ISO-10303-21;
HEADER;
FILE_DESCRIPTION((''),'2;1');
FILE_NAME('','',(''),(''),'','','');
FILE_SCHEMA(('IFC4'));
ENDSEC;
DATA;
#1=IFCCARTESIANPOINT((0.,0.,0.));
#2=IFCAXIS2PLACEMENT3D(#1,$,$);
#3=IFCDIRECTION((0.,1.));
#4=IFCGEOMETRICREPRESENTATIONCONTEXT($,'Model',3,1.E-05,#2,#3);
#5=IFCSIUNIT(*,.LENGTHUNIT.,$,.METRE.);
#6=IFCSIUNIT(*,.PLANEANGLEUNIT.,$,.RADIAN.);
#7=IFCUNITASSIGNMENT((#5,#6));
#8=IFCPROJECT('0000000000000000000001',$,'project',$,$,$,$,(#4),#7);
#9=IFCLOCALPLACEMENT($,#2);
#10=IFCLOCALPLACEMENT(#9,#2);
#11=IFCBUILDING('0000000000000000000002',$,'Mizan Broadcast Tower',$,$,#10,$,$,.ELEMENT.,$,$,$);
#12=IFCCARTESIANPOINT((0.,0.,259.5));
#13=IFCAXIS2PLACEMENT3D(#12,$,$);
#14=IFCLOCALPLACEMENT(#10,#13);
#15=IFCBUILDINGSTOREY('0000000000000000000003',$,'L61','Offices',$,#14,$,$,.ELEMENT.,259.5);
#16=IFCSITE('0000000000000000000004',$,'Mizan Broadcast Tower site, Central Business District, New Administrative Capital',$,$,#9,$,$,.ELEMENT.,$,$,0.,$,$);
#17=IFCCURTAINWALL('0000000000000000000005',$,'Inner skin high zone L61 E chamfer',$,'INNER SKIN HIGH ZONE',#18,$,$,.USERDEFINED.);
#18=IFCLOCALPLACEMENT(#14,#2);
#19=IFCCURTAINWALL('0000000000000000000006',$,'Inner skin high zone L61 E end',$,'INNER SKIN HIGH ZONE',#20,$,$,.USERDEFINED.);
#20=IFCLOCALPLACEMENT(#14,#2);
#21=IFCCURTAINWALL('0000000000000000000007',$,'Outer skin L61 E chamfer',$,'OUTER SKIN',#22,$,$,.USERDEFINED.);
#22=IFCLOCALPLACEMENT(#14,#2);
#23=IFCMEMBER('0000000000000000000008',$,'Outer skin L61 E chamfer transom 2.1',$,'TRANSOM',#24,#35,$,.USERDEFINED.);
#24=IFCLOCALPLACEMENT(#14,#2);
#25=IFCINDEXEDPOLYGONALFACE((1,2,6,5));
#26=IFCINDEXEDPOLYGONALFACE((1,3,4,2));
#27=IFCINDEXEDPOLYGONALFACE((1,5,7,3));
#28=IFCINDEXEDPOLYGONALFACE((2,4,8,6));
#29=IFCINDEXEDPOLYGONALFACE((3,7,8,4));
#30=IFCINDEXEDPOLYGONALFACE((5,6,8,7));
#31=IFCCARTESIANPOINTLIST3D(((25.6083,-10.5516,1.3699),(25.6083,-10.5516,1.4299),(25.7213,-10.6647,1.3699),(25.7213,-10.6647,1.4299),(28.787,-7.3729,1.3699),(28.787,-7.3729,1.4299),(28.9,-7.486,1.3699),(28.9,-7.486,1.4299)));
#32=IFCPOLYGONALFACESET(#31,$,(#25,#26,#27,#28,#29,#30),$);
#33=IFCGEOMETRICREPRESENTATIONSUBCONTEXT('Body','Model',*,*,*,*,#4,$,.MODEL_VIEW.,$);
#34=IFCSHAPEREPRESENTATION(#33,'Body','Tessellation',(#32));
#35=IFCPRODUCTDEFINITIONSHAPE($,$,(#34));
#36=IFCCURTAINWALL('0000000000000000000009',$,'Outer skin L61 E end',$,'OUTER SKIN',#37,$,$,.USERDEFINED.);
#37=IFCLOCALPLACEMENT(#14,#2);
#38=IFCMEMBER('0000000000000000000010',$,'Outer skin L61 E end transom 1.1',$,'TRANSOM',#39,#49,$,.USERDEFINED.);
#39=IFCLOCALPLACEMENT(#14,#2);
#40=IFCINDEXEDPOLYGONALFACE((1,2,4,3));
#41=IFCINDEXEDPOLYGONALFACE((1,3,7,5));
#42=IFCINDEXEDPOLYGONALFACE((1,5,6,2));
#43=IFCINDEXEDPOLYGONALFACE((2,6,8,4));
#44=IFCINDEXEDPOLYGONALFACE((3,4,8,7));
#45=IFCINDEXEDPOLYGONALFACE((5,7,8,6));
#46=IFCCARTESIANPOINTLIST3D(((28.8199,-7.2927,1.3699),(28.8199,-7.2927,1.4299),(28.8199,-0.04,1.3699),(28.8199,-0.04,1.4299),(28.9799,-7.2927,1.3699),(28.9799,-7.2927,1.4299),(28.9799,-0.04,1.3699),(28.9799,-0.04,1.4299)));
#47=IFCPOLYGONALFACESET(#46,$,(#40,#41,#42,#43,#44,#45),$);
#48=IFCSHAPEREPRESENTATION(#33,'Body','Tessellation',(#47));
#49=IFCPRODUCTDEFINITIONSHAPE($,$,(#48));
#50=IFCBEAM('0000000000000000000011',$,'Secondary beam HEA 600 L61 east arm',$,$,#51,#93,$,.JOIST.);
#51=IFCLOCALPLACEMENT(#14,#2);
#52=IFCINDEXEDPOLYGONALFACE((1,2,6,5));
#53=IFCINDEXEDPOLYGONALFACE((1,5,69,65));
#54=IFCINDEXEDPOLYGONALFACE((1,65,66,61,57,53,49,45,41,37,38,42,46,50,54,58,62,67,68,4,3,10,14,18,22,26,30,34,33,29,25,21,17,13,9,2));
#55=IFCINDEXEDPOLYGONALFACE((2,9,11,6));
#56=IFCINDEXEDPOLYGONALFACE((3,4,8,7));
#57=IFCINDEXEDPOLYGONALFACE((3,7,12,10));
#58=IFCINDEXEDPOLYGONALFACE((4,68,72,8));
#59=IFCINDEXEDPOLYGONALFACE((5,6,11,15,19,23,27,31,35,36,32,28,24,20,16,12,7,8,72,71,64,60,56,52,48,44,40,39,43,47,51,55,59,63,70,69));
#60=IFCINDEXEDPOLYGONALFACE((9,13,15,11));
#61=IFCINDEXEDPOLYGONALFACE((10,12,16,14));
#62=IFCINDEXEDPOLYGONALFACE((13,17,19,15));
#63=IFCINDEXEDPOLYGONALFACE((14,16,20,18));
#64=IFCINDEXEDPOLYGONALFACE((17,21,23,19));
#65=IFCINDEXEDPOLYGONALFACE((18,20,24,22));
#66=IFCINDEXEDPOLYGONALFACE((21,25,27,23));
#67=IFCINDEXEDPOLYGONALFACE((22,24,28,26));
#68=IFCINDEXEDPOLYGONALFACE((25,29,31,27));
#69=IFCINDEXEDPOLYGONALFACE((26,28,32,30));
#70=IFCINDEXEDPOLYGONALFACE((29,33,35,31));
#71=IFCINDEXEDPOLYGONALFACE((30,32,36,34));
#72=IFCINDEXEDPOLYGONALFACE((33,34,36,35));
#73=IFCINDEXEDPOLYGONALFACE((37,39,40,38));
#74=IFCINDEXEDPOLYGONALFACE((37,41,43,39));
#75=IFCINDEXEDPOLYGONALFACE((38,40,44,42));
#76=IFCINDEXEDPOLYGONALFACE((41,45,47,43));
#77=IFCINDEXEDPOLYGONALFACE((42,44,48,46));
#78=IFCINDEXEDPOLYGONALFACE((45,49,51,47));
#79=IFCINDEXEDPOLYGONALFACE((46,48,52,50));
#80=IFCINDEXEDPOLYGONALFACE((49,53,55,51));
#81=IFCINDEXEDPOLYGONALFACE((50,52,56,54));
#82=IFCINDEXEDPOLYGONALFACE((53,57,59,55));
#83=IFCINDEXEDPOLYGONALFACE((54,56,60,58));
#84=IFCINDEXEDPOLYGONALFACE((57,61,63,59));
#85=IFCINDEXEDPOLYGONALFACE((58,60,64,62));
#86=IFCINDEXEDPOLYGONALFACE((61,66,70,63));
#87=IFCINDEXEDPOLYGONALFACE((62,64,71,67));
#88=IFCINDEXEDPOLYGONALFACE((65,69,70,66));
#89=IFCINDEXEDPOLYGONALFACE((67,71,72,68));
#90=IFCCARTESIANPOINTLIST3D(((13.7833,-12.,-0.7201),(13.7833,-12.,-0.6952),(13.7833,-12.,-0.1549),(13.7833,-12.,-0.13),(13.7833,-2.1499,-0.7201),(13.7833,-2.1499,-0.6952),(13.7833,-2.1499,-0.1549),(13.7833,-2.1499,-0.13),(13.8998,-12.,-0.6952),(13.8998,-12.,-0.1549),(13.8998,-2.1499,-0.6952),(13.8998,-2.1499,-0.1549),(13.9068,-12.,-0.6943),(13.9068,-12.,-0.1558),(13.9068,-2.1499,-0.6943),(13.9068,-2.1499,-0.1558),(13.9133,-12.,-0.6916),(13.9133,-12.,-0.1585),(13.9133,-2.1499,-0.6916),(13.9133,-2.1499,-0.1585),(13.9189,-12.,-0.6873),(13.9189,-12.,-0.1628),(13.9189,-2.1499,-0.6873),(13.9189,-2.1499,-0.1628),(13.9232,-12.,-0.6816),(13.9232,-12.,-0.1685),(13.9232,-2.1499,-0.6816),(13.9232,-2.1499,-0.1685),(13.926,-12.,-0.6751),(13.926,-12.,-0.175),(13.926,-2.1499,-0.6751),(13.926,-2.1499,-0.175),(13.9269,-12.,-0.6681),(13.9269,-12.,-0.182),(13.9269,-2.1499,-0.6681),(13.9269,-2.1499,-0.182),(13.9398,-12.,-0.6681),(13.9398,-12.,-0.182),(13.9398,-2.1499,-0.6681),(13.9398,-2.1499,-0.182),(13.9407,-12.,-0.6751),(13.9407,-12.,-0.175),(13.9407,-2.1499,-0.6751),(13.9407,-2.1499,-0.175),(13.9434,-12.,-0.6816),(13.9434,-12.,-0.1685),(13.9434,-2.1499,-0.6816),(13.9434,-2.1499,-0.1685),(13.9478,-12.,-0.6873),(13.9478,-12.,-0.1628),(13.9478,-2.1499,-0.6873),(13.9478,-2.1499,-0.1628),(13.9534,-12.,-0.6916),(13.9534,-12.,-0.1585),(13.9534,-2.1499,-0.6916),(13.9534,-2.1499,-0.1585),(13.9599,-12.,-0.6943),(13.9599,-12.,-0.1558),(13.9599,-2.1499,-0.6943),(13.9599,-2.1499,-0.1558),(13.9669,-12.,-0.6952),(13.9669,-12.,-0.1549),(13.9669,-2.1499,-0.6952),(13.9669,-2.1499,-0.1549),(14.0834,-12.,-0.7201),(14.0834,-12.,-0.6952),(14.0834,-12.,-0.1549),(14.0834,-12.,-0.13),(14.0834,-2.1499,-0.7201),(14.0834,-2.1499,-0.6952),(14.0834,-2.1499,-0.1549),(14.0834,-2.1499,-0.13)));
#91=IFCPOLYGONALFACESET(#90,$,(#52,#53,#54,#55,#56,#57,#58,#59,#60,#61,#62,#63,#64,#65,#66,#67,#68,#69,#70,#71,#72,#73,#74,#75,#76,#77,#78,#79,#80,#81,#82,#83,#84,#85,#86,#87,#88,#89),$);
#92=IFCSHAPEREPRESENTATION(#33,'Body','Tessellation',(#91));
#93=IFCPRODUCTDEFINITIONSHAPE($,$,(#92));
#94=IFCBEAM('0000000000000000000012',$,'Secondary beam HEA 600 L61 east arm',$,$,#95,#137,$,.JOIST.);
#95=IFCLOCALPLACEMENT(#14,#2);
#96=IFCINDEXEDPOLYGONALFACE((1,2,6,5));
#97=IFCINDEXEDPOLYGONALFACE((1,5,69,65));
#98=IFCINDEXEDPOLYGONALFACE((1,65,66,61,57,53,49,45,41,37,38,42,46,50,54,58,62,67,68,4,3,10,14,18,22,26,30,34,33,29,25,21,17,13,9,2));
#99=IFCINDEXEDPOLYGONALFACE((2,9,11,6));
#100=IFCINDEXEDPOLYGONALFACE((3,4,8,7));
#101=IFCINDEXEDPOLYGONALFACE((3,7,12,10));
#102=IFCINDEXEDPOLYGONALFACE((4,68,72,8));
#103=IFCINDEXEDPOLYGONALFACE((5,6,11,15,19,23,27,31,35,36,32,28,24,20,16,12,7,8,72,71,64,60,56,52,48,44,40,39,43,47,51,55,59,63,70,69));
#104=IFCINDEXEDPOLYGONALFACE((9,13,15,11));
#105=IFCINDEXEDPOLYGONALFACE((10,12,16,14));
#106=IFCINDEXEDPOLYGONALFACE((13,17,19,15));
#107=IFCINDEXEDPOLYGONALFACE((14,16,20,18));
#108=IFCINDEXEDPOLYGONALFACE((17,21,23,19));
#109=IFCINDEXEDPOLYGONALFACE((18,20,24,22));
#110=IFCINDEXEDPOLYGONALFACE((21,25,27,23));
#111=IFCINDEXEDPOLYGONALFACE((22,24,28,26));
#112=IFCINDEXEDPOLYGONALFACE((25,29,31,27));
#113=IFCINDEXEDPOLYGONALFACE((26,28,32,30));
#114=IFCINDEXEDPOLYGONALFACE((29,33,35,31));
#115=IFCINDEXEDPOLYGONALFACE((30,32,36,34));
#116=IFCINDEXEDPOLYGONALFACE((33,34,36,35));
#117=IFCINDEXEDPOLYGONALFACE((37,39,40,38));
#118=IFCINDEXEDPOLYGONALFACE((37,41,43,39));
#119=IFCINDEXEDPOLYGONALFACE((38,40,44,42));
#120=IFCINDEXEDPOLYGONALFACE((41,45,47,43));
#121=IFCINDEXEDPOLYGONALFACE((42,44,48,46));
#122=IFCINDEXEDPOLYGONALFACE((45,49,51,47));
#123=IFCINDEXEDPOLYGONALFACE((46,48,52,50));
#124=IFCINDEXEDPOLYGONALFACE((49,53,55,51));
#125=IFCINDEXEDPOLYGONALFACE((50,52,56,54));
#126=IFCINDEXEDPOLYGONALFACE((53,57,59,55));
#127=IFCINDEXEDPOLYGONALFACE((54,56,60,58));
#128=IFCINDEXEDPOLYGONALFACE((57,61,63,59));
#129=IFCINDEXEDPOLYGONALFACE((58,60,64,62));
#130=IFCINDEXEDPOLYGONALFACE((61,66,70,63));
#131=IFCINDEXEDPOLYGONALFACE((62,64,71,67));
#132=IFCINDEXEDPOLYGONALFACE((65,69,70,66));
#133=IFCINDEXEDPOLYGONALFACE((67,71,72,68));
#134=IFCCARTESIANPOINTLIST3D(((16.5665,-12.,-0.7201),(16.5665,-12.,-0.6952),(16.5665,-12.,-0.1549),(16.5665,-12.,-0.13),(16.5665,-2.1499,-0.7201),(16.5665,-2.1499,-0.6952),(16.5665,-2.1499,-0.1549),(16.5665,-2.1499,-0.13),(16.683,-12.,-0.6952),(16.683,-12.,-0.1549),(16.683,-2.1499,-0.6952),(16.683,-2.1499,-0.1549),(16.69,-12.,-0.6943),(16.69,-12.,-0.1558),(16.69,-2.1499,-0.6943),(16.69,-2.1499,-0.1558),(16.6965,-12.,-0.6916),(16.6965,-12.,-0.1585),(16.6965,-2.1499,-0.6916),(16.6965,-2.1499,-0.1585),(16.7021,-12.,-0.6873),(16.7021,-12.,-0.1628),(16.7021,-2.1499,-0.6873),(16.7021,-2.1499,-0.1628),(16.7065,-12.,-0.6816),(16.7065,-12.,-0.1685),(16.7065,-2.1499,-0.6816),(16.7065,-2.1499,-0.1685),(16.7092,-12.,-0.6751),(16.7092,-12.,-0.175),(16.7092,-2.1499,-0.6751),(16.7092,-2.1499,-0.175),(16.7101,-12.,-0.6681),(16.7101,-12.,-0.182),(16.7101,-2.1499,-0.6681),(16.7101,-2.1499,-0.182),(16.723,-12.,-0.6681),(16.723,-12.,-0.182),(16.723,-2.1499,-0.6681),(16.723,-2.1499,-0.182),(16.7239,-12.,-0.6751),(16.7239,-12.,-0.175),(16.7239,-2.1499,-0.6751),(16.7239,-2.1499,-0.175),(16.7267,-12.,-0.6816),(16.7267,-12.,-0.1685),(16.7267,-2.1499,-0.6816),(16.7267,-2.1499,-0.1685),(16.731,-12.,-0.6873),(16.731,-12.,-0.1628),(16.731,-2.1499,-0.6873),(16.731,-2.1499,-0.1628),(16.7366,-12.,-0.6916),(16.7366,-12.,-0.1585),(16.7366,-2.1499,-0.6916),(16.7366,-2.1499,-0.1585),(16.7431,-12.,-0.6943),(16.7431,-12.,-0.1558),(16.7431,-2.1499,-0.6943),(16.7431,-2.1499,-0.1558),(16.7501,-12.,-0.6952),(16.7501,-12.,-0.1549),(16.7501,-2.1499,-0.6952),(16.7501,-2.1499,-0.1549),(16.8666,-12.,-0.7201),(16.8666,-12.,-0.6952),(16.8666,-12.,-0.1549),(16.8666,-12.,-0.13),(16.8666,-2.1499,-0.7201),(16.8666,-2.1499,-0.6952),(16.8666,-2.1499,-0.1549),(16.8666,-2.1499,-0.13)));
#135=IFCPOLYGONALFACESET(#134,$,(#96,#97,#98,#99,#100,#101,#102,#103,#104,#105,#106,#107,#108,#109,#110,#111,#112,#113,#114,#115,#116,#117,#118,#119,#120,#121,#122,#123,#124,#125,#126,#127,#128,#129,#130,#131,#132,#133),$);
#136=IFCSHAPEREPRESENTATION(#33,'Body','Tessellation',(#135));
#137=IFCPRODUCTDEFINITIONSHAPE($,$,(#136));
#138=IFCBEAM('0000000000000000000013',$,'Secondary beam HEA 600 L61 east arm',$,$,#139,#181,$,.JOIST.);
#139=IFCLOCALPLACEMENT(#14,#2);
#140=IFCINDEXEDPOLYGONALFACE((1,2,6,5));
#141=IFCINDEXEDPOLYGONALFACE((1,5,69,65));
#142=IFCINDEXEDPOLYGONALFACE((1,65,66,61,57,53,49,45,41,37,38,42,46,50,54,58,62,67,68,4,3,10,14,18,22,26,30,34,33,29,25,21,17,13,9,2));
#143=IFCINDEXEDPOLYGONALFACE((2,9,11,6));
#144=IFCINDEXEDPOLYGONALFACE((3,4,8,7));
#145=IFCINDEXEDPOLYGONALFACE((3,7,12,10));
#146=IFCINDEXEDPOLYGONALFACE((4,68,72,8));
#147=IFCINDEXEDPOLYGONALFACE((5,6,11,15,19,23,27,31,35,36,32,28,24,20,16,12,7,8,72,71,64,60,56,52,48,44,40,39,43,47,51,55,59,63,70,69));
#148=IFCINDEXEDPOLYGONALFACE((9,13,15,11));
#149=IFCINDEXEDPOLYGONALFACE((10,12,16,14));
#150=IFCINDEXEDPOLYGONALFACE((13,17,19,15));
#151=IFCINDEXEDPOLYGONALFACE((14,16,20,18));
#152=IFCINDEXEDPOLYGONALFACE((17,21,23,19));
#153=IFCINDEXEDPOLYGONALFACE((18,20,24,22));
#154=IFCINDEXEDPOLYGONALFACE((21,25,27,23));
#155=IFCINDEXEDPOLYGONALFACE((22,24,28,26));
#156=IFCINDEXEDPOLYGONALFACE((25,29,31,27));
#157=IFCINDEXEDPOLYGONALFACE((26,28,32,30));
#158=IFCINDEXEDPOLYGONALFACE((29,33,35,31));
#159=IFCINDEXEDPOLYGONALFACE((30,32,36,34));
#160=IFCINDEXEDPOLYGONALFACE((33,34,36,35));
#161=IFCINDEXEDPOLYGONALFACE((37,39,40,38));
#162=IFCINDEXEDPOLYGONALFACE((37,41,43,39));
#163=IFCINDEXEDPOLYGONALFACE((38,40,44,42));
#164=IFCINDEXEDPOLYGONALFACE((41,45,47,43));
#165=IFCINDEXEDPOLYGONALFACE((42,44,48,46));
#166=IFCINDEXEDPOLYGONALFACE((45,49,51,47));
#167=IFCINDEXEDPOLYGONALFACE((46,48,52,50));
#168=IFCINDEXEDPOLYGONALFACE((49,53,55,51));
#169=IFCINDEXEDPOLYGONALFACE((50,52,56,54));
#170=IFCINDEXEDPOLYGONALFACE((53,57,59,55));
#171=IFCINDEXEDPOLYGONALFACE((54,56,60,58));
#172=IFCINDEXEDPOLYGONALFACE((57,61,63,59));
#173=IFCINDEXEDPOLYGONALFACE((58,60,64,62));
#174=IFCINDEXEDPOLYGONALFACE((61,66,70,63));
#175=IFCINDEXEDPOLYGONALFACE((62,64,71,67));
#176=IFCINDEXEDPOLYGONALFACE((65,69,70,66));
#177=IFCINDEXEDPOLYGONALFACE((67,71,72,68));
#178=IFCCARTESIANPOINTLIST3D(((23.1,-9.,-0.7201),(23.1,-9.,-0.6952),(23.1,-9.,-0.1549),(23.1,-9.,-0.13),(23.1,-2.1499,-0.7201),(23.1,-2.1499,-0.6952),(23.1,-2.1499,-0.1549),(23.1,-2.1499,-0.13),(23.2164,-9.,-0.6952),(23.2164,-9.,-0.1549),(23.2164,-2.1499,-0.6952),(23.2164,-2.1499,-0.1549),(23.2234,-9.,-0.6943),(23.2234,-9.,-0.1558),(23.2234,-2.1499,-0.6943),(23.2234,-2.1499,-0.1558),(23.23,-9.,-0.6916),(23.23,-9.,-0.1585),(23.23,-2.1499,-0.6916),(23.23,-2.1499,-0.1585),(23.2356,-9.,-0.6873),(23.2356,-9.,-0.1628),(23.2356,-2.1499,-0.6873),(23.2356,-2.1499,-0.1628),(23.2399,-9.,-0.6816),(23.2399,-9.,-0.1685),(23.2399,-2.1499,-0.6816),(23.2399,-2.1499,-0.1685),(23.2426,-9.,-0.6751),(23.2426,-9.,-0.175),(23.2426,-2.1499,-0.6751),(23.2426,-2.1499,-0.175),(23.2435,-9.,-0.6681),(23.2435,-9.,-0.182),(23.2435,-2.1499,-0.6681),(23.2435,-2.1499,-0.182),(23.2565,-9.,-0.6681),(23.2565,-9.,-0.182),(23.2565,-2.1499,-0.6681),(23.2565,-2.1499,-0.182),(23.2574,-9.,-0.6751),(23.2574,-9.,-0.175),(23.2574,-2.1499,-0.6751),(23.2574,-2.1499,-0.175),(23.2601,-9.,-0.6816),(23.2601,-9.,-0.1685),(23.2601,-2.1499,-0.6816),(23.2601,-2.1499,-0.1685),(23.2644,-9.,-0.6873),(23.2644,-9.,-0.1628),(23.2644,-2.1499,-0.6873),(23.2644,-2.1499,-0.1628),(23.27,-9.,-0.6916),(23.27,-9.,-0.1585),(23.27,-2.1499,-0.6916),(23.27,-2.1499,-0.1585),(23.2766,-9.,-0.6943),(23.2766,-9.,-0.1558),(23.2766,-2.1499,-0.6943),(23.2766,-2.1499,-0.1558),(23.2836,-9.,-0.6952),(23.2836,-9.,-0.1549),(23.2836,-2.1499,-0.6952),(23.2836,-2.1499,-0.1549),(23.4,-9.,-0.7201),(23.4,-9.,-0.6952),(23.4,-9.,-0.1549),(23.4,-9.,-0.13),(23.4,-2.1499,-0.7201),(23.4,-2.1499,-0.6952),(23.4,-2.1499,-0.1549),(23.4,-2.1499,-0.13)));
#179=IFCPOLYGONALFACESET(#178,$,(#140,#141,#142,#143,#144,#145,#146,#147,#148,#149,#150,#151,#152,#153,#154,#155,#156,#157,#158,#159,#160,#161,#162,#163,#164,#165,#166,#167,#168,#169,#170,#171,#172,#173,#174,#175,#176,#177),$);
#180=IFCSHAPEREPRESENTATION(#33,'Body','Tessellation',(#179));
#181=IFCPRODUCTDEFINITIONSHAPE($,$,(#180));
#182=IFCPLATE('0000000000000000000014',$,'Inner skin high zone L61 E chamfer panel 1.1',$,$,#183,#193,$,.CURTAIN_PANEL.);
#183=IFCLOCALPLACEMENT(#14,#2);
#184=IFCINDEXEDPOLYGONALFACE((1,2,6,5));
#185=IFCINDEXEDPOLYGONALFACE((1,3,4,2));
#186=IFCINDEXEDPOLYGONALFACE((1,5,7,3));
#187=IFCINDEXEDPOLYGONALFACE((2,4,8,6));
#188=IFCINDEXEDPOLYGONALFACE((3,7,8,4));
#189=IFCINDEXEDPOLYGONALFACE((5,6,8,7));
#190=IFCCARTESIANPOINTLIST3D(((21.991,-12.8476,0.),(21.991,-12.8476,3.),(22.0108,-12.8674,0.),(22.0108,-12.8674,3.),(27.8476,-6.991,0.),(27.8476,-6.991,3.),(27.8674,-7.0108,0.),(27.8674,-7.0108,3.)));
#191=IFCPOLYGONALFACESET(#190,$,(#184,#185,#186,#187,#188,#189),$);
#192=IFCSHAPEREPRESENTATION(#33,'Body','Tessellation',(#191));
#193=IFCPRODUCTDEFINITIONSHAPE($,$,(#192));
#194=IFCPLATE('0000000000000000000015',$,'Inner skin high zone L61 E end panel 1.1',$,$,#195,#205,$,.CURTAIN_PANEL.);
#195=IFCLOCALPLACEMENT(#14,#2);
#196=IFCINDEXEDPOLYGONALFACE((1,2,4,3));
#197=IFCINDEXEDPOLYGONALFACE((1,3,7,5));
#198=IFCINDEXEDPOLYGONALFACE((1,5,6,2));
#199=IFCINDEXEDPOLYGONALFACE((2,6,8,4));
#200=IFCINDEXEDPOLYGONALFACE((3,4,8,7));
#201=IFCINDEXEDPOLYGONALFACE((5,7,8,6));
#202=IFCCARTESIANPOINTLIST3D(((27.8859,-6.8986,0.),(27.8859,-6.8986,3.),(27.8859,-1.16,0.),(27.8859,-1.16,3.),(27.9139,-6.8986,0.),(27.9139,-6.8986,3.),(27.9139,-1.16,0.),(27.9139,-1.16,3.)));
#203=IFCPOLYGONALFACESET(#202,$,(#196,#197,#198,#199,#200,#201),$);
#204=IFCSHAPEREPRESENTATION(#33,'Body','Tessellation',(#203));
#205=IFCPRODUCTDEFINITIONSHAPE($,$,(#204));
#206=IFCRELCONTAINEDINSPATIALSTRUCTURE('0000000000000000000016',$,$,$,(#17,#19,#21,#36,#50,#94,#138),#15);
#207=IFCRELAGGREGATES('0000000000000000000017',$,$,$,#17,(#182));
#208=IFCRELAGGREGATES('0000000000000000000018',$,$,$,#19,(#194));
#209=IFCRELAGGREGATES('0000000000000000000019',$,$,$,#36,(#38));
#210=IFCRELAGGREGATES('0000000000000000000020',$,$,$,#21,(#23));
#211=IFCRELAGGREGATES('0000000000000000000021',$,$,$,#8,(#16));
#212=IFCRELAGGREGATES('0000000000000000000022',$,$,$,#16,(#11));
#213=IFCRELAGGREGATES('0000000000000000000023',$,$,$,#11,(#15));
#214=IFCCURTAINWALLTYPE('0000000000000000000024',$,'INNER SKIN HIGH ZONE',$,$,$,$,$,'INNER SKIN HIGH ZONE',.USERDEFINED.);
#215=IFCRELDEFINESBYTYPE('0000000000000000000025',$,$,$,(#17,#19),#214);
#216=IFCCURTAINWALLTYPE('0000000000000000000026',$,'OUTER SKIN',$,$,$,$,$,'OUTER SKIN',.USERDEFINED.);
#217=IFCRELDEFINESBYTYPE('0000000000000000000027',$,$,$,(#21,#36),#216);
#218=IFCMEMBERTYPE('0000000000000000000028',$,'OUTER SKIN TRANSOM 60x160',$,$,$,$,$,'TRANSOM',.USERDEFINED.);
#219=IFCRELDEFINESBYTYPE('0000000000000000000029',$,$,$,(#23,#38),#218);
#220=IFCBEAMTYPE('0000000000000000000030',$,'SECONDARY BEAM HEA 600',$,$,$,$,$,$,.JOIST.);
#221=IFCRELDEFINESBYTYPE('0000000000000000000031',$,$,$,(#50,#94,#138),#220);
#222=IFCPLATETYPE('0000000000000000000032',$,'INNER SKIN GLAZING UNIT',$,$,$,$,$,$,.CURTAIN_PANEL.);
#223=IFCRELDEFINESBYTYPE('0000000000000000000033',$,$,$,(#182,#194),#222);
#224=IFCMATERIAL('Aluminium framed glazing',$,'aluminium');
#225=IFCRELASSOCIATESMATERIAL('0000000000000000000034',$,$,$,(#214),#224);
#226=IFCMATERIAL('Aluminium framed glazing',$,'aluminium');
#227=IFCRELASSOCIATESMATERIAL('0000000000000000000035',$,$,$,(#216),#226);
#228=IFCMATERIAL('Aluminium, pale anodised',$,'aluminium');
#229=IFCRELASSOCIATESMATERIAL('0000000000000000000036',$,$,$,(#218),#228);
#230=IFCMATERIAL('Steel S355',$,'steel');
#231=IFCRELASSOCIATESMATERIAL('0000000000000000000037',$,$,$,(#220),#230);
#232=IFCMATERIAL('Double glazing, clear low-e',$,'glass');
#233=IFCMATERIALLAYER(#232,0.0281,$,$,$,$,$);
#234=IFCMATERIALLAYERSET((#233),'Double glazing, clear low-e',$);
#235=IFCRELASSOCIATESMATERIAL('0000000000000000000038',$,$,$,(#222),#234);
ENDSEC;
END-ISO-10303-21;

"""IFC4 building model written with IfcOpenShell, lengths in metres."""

from ifc_helpers import new_model, si_unit, direction, frame, origin, origin_2d, place, context, subcontext, project, spatial, rectangle, i_section, extrude, material, layer, layer_set, material_profile, profile_set, type_object, element, aggregate, save


model = new_model("IFC4")

# Units and contexts
model_context = context("Model", 3, precision=1e-05, world=origin(), true_north=direction((0.0, 1.0)))
body_context = subcontext(model_context, "Body", "Model", "MODEL_VIEW")
ifc_project = project(units=[si_unit("LENGTHUNIT", "METRE"), si_unit("PLANEANGLEUNIT", "RADIAN")], contexts=[model_context])

# Site, building, storey
site_placement = place(None, origin())
site = spatial("IfcSite", under=ifc_project, at=site_placement, Name="Mizan Broadcast Tower site, Central Business District, New Administrative Capital", CompositionType="ELEMENT", RefElevation=0.0)
building_placement = place(site_placement, origin())
building = spatial("IfcBuilding", under=site, at=building_placement, Name="Mizan Broadcast Tower", CompositionType="ELEMENT")
storey_placement = place(building_placement, frame((0.0, 0.0, 259.5)))
storey = spatial("IfcBuildingStorey", under=building, at=storey_placement, Name="L61", Description="Offices", CompositionType="ELEMENT", Elevation=259.5)

# Curtain wall
ifc_material_1 = material(Name="Aluminium framed glazing", Category="aluminium")
curtain_wall_type_1 = type_object("IfcCurtainWallType", Name="INNER SKIN HIGH ZONE", ElementType="INNER SKIN HIGH ZONE", PredefinedType="USERDEFINED", material=ifc_material_1)
curtain_wall_1_placement = place(storey_placement, origin())
curtain_wall_1 = element("IfcCurtainWall", 1, at=curtain_wall_1_placement, inside=storey, type_object=curtain_wall_type_1, Name="Inner skin high zone L61 E chamfer", ObjectType="INNER SKIN HIGH ZONE", PredefinedType="USERDEFINED")

# Curtain walls, member
curtain_wall_2_placement = place(storey_placement, origin())
curtain_wall_2 = element("IfcCurtainWall", 2, at=curtain_wall_2_placement, inside=storey, type_object=curtain_wall_type_1, Name="Inner skin high zone L61 E end", ObjectType="INNER SKIN HIGH ZONE", PredefinedType="USERDEFINED")
ifc_material_2 = material(Name="Aluminium framed glazing", Category="aluminium")
curtain_wall_type_2 = type_object("IfcCurtainWallType", Name="OUTER SKIN", ElementType="OUTER SKIN", PredefinedType="USERDEFINED", material=ifc_material_2)
curtain_wall_3_placement = place(storey_placement, origin())
curtain_wall_3 = element("IfcCurtainWall", 3, at=curtain_wall_3_placement, inside=storey, type_object=curtain_wall_type_2, Name="Outer skin L61 E chamfer", ObjectType="OUTER SKIN", PredefinedType="USERDEFINED")
ifc_material_3 = material(Name="Aluminium, pale anodised", Category="aluminium")
ifc_material_profile_1 = material_profile(ifc_material_3, rectangle(XDim=0.1599, YDim=0.0601, at=origin_2d()), Name="TRANSOM 160x60")
ifc_profile_set_1 = profile_set([ifc_material_profile_1], Name="Aluminium, pale anodised")
member_type_1 = type_object("IfcMemberType", Name="OUTER SKIN TRANSOM 60x160", ElementType="TRANSOM", PredefinedType="USERDEFINED", material=ifc_profile_set_1)
member_1_placement = place(storey_placement, frame((25.6648, -10.6082, 1.3999), z_axis=(0.707107, 0.707107, 0.0), x_axis=(-0.707107, 0.707107, 0.0)))
member_1 = element("IfcMember", 4, at=member_1_placement, type_object=member_type_1, Name="Outer skin L61 E chamfer transom 2.1", ObjectType="TRANSOM", PredefinedType="USERDEFINED", context=body_context, shape_type="SweptSolid", body=[
    extrude(rectangle(XDim=0.1599, YDim=0.0601, at=origin_2d()), origin(), (0.0, 0.0, 1.0), 4.4954),
])

# Curtain wall, member
curtain_wall_4_placement = place(storey_placement, origin())
curtain_wall_4 = element("IfcCurtainWall", 5, at=curtain_wall_4_placement, inside=storey, type_object=curtain_wall_type_2, Name="Outer skin L61 E end", ObjectType="OUTER SKIN", PredefinedType="USERDEFINED")
member_2_placement = place(storey_placement, frame((28.8999, -7.2927, 1.3999), z_axis=(0.0, 1.0, 0.0), x_axis=(-1.0, 0.0, 0.0)))
member_2 = element("IfcMember", 6, at=member_2_placement, type_object=member_type_1, Name="Outer skin L61 E end transom 1.1", ObjectType="TRANSOM", PredefinedType="USERDEFINED", context=body_context, shape_type="SweptSolid", body=[
    extrude(rectangle(XDim=0.1599, YDim=0.0601, at=origin_2d()), origin(), (0.0, 0.0, 1.0), 7.2527),
])

# Beams
ifc_material_4 = material(Name="Steel S355", Category="steel")
ifc_material_profile_2 = material_profile(ifc_material_4, i_section(OverallWidth=0.3, OverallDepth=0.5901, WebThickness=0.0129, FlangeThickness=0.0249, FilletRadius=0.0271, at=origin_2d()), Name="HEA 600")
ifc_profile_set_2 = profile_set([ifc_material_profile_2], Name="Steel S355")
beam_type_1 = type_object("IfcBeamType", Name="SECONDARY BEAM HEA 600", PredefinedType="JOIST", material=ifc_profile_set_2)
for number, where, z_axis, x_axis, name in (
    (7, (13.9333, -12.0, -0.425), (0.0, 1.0, 0.0), (-1.0, 0.0, 0.0), "Secondary beam HEA 600 L61 east arm"),
    (8, (16.7166, -12.0, -0.425), (0.0, 1.0, 0.0), (-1.0, 0.0, 0.0), "Secondary beam HEA 600 L61 east arm"),
):
    element("IfcBeam", number, at=place(storey_placement, frame(where, z_axis=z_axis, x_axis=x_axis)), inside=storey, type_object=beam_type_1, Name=name, PredefinedType="JOIST", context=body_context, shape_type="SweptSolid", body=[
        extrude(i_section(OverallWidth=0.3, OverallDepth=0.5901, WebThickness=0.0129, FlangeThickness=0.0249, FilletRadius=0.0271, at=origin_2d()), origin(), (0.0, 0.0, 1.0), 9.8501),
    ])
beam_1_placement = place(storey_placement, frame((23.25, -9.0, -0.425), z_axis=(0.0, 1.0, 0.0), x_axis=(-1.0, 0.0, 0.0)))
element("IfcBeam", 9, at=beam_1_placement, inside=storey, type_object=beam_type_1, Name="Secondary beam HEA 600 L61 east arm", PredefinedType="JOIST", context=body_context, shape_type="SweptSolid", body=[
    extrude(i_section(OverallWidth=0.3, OverallDepth=0.5901, WebThickness=0.0129, FlangeThickness=0.0249, FilletRadius=0.0271, at=origin_2d()), origin(), (0.0, 0.0, 1.0), 6.8501),
])

# Plates
ifc_material_5 = material(Name="Double glazing, clear low-e", Category="glass")
ifc_layer_1 = layer(ifc_material_5, 0.0281)
ifc_layer_set_1 = layer_set([ifc_layer_1], Name="Double glazing, clear low-e")
plate_type_1 = type_object("IfcPlateType", Name="INNER SKIN GLAZING UNIT", PredefinedType="CURTAIN_PANEL", material=ifc_layer_set_1)
plate_1_placement = place(storey_placement, frame((24.9292, -9.9292, 0.0), z_axis=(0.0, 0.0, 1.0), x_axis=(0.707107, 0.707107, 0.0)))
plate_1 = element("IfcPlate", 10, at=plate_1_placement, type_object=plate_type_1, Name="Inner skin high zone L61 E chamfer panel 1.1", PredefinedType="CURTAIN_PANEL", context=body_context, shape_type="SweptSolid", body=[
    extrude(rectangle(XDim=8.2825, YDim=0.0281, at=origin_2d()), origin(), (0.0, 0.0, 1.0), 3.0),
])
plate_2_placement = place(storey_placement, frame((27.8999, -4.0293, 0.0), z_axis=(0.0, 0.0, 1.0), x_axis=(0.0, 1.0, 0.0)))
plate_2 = element("IfcPlate", 11, at=plate_2_placement, type_object=plate_type_1, Name="Inner skin high zone L61 E end panel 1.1", PredefinedType="CURTAIN_PANEL", context=body_context, shape_type="SweptSolid", body=[
    extrude(rectangle(XDim=5.7385, YDim=0.0281, at=origin_2d()), origin(), (0.0, 0.0, 1.0), 3.0),
])
aggregate(curtain_wall_1, [plate_1])
aggregate(curtain_wall_2, [plate_2])
aggregate(curtain_wall_4, [member_2])
aggregate(curtain_wall_3, [member_1])

save(model, "model.ifc")
